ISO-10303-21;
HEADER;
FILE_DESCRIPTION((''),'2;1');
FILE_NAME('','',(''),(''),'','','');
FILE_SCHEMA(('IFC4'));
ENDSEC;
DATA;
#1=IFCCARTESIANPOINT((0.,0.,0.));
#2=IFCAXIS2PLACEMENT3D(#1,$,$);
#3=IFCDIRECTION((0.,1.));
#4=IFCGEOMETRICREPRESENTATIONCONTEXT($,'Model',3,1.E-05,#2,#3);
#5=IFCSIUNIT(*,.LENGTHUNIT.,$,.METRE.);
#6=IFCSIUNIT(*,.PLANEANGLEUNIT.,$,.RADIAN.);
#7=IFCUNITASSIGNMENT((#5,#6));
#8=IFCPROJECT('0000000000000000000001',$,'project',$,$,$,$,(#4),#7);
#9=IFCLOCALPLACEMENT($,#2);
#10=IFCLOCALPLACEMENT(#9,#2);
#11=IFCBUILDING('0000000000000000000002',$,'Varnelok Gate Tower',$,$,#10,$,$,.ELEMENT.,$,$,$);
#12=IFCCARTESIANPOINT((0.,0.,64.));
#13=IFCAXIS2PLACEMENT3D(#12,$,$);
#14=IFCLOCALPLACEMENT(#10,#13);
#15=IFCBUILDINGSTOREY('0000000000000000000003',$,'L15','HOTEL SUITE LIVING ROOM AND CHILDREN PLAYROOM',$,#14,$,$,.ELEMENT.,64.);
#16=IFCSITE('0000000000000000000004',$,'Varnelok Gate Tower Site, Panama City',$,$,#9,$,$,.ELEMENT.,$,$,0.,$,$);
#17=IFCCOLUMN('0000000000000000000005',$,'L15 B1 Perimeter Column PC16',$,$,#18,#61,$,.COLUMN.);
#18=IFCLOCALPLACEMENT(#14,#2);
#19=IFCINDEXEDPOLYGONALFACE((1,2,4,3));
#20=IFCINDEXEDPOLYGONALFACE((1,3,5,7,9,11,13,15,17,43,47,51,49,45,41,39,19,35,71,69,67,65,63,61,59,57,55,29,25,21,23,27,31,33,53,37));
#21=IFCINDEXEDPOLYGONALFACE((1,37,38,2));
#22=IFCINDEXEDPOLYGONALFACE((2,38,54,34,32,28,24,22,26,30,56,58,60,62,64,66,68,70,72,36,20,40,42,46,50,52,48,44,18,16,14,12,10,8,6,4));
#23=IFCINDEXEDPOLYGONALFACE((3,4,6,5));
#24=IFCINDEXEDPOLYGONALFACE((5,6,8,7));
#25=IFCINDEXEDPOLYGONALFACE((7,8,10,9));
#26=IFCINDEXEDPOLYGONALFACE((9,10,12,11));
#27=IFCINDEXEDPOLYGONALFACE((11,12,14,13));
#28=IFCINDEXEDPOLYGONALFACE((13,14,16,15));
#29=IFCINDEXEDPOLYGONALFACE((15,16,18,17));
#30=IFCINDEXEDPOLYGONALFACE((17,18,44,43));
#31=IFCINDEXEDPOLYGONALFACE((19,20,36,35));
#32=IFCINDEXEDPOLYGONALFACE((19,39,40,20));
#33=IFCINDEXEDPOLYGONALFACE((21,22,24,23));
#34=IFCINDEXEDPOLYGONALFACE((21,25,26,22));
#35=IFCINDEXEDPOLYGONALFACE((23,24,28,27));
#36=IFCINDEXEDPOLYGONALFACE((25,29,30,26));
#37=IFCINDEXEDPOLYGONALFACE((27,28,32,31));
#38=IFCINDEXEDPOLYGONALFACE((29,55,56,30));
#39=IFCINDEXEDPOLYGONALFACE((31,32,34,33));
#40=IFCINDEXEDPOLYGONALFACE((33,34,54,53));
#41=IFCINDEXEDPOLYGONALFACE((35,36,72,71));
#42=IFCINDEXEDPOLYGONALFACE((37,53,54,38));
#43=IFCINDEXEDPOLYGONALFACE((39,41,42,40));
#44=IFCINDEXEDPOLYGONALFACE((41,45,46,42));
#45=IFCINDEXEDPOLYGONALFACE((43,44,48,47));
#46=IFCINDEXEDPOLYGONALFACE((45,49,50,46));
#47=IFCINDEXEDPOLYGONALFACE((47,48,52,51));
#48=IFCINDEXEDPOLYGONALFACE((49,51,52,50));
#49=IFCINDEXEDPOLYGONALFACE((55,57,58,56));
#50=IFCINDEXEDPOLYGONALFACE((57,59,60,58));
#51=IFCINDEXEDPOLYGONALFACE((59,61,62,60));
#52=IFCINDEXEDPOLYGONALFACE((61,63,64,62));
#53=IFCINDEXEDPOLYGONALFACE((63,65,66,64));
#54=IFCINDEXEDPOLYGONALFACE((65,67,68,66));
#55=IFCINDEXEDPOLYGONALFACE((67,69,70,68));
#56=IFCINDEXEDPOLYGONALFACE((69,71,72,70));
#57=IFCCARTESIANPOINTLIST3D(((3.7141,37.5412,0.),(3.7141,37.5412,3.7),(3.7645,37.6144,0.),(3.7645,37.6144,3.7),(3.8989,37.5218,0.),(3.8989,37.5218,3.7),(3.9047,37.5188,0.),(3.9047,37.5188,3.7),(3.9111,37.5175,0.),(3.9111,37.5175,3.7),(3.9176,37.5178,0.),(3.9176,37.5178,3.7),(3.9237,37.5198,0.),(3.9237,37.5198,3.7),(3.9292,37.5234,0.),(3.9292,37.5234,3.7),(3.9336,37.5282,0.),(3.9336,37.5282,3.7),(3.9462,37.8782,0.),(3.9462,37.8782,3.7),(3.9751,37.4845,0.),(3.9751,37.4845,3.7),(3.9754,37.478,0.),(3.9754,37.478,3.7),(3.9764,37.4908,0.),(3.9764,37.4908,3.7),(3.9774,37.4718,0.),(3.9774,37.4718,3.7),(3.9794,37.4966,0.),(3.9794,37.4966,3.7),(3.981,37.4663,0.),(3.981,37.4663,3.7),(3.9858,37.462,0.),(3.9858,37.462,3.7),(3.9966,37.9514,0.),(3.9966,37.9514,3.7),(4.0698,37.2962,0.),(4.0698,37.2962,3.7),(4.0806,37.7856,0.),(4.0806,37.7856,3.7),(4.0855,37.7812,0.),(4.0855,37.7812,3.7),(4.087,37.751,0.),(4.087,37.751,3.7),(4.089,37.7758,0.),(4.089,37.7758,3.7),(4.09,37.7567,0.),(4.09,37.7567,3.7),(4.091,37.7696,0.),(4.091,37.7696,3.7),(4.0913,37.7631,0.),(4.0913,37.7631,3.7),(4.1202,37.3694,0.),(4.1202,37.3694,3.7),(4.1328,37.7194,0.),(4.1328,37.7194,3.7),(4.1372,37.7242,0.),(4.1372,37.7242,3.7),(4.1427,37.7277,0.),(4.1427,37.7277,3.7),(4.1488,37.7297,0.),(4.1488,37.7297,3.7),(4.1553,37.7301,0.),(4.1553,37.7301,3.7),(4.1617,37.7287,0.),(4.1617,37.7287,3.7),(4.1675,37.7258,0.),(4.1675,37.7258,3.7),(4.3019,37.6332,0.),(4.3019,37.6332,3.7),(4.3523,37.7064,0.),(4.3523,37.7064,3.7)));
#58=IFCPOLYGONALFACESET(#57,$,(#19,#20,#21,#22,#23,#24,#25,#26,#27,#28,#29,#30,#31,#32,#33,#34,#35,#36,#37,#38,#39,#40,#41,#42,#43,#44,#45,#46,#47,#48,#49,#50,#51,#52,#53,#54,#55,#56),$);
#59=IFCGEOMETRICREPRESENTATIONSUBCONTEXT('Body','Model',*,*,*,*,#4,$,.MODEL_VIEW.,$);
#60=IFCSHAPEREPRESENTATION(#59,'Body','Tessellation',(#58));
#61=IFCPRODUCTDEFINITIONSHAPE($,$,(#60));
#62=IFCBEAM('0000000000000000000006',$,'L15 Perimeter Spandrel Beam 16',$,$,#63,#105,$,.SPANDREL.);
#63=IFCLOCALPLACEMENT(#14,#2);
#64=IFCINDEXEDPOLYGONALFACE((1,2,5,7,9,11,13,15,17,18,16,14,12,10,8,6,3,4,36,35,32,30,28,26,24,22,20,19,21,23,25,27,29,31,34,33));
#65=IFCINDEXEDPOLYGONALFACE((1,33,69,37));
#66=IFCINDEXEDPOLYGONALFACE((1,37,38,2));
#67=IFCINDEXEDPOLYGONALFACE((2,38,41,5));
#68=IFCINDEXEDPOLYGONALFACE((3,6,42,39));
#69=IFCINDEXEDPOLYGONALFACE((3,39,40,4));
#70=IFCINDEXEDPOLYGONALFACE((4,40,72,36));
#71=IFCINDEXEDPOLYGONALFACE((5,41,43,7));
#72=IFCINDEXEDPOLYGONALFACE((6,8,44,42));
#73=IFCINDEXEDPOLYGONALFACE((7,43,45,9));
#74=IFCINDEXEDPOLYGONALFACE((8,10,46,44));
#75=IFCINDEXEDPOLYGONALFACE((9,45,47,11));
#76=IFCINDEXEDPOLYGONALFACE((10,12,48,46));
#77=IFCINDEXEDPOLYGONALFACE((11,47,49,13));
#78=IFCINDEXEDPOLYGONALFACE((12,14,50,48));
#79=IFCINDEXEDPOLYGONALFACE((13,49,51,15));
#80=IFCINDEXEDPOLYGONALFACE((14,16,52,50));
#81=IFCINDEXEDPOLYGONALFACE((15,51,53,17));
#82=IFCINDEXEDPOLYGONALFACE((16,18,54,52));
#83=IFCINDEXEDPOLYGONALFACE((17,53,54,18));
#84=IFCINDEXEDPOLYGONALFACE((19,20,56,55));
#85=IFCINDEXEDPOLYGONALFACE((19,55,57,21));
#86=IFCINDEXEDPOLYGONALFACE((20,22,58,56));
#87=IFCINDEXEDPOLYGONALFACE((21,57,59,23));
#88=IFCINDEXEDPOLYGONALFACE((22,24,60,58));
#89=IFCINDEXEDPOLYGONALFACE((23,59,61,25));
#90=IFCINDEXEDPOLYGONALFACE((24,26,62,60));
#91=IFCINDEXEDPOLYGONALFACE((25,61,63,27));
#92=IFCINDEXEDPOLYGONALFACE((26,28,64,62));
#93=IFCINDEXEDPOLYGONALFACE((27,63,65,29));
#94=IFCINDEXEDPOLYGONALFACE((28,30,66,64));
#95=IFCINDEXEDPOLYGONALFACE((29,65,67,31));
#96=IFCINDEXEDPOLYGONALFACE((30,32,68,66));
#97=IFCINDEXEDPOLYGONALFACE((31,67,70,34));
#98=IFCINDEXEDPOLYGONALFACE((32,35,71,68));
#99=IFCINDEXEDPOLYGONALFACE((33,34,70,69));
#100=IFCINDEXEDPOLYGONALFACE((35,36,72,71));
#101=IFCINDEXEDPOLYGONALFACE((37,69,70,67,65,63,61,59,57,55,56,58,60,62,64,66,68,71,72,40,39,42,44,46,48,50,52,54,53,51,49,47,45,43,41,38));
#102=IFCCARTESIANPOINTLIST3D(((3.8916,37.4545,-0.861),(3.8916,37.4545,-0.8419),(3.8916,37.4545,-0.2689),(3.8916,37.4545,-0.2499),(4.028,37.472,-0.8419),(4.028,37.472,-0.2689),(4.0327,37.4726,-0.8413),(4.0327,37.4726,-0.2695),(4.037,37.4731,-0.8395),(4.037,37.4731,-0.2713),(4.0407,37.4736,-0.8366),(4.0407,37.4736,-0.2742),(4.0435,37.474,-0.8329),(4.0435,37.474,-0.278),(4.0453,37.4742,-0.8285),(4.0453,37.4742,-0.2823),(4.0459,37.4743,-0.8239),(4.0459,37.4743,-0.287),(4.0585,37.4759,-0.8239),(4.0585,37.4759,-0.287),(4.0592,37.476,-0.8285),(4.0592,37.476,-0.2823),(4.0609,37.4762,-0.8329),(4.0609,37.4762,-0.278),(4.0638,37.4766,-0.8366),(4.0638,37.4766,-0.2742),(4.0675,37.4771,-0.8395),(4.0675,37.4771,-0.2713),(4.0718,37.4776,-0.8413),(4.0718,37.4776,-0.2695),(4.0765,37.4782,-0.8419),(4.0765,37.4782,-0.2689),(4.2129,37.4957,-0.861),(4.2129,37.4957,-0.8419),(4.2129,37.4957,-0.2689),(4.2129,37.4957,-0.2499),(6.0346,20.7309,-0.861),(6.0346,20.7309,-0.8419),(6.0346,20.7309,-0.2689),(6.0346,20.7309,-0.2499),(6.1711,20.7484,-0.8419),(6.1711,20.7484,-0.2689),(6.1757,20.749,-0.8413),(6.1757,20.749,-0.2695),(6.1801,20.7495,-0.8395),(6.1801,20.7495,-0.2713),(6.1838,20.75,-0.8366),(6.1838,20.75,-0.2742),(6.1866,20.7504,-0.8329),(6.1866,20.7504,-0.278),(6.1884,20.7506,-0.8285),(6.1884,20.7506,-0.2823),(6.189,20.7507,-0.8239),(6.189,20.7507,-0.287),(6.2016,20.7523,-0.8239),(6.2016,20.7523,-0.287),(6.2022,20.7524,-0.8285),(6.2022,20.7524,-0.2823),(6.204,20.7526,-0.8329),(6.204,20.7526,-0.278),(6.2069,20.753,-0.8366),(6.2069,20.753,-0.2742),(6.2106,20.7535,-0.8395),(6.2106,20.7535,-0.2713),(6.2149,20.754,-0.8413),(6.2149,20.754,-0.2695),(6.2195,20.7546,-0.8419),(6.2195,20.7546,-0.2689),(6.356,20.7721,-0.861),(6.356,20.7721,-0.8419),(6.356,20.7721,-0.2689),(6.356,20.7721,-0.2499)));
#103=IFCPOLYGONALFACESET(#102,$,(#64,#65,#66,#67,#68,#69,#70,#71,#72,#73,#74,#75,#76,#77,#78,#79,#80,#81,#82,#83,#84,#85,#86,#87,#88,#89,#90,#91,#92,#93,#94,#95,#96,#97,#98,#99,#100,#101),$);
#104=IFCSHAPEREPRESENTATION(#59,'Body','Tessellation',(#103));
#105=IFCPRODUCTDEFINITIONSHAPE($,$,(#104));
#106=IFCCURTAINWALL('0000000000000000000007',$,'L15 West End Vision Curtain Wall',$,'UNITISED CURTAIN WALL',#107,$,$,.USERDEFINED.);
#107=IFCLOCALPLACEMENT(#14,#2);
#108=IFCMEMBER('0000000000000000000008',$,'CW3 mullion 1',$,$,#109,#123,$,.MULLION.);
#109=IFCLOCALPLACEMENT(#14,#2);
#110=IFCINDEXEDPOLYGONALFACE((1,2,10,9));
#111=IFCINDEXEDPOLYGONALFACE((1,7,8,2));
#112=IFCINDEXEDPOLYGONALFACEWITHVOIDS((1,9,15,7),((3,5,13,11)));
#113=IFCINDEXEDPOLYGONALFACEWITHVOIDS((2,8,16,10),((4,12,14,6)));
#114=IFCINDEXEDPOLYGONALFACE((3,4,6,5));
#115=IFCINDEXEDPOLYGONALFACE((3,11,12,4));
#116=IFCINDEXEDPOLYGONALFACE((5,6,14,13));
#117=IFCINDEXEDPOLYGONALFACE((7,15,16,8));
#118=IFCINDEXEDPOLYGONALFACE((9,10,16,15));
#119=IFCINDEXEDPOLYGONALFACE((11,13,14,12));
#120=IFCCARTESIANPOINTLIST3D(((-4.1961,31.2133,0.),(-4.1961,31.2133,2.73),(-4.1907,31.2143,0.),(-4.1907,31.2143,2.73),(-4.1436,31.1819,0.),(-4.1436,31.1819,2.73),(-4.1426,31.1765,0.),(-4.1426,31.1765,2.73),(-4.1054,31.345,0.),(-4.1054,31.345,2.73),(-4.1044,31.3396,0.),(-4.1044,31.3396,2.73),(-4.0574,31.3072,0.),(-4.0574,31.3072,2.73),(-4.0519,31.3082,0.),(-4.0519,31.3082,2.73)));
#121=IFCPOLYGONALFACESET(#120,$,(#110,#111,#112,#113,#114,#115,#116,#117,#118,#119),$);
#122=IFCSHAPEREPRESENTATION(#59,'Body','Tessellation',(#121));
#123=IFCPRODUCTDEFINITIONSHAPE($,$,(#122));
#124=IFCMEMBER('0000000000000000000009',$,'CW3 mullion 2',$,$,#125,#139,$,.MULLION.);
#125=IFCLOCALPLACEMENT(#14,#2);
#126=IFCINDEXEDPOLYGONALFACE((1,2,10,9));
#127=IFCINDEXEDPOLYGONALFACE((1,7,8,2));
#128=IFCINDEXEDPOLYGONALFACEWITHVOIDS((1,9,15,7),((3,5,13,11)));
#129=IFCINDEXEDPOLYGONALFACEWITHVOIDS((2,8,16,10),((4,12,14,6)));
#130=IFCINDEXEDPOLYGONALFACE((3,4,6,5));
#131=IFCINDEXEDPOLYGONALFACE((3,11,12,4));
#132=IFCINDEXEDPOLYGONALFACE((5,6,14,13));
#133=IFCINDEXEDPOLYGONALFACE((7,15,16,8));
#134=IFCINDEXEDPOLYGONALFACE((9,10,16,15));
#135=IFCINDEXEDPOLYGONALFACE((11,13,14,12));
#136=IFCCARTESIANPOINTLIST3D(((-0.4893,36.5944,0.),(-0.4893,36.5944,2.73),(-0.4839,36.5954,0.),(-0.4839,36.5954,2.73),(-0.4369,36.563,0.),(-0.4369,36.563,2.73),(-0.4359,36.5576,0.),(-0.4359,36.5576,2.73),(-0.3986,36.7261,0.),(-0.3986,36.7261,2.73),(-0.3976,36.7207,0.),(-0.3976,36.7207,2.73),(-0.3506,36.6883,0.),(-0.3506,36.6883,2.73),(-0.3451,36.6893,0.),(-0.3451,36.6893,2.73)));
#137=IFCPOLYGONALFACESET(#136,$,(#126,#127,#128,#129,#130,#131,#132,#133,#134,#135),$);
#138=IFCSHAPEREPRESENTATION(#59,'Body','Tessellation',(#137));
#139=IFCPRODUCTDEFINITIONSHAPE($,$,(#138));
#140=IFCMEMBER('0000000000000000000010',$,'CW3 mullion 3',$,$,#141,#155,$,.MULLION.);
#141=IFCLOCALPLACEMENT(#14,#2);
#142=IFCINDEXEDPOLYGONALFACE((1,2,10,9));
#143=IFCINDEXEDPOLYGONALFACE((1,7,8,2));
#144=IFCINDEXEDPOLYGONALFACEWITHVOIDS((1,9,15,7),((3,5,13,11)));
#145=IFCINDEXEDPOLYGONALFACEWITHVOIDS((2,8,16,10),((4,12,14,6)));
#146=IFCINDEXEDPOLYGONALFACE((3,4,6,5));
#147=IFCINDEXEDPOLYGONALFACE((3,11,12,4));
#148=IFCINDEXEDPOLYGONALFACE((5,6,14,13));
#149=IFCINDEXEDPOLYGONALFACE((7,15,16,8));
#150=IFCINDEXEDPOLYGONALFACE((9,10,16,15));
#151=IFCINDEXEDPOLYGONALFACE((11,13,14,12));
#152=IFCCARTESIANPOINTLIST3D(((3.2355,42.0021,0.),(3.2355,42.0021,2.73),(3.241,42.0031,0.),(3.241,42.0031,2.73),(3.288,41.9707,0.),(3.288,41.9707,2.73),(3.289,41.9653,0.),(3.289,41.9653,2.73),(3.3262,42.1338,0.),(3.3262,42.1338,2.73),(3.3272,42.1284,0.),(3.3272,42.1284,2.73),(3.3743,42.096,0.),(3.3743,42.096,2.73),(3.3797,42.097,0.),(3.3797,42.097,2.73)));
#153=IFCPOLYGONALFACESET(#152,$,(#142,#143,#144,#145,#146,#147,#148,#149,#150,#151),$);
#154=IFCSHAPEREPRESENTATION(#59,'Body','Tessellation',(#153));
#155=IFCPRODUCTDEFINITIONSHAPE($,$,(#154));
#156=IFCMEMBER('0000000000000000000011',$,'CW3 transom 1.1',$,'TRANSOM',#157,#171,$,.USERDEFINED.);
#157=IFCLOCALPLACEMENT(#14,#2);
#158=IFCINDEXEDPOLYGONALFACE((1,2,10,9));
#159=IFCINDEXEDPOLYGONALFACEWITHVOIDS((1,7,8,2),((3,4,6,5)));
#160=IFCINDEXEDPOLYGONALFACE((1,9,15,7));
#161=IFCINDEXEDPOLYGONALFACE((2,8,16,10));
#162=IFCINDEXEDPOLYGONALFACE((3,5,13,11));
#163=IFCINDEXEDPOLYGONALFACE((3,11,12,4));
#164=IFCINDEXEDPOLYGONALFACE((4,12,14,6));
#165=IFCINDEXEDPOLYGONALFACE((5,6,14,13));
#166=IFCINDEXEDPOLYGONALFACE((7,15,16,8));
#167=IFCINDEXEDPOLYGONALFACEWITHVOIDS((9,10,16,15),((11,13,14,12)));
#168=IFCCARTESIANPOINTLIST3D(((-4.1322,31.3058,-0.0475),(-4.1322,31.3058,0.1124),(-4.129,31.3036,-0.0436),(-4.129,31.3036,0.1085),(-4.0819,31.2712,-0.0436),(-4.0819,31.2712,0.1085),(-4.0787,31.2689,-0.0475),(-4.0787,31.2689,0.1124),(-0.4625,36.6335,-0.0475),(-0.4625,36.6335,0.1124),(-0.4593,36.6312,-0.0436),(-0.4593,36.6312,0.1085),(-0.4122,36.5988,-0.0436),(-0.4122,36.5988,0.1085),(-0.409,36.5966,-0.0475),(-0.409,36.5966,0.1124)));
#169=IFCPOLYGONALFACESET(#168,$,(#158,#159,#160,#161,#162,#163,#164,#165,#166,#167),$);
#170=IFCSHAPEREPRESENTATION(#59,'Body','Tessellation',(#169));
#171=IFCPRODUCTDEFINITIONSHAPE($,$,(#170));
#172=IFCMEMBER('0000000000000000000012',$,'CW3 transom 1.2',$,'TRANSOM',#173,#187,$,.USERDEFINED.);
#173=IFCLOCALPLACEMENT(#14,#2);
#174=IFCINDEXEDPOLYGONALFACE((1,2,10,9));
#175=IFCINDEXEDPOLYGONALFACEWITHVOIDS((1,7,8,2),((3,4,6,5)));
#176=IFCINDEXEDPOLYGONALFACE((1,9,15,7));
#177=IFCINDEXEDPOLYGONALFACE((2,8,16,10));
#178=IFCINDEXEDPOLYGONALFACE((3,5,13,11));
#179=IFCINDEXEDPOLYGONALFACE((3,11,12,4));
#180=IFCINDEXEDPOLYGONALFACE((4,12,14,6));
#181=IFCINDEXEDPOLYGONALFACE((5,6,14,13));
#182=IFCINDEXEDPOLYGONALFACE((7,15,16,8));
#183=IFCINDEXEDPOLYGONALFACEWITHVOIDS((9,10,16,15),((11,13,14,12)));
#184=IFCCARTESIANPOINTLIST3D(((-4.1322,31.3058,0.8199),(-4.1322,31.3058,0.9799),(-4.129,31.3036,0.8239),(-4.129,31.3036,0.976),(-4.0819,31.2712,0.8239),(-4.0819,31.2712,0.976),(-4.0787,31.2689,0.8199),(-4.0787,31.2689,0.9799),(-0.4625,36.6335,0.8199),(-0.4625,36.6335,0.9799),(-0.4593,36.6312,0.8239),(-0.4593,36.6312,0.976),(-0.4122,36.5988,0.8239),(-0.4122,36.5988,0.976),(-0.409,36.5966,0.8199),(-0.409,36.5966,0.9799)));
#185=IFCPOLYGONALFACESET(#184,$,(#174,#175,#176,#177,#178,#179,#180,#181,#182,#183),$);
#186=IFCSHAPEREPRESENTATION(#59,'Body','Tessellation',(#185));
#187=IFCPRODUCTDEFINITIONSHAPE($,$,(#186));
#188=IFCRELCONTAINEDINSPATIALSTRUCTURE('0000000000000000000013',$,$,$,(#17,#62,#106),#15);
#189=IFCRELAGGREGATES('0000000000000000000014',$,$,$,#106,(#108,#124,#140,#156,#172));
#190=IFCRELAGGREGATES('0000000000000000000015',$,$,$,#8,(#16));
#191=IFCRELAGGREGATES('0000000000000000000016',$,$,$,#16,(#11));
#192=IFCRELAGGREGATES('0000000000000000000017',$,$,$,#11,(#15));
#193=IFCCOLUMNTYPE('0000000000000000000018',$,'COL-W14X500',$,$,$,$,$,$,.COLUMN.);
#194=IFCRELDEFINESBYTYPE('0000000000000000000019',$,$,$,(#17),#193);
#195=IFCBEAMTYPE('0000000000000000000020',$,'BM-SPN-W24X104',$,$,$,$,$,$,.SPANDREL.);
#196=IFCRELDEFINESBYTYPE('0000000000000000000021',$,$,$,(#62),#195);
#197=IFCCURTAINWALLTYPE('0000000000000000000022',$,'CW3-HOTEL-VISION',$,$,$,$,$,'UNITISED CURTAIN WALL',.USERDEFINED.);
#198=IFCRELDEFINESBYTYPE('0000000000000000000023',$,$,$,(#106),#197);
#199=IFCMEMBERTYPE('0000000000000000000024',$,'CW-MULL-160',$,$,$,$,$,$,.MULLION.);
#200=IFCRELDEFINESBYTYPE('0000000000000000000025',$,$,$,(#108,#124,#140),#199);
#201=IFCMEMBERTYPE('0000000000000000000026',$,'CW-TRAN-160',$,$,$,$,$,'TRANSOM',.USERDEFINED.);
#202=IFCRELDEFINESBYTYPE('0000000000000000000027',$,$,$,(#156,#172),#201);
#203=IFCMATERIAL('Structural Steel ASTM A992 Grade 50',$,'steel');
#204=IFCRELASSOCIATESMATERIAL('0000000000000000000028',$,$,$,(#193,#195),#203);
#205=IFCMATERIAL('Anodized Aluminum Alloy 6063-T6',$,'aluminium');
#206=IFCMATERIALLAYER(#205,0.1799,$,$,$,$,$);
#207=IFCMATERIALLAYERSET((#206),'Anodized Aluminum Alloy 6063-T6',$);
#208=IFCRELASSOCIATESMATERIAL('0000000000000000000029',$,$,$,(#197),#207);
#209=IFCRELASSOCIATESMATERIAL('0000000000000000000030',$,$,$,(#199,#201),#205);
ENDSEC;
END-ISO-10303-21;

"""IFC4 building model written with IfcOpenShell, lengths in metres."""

from ifc_helpers import new_model, si_unit, direction, frame, origin, origin_2d, place, context, subcontext, project, spatial, hollow_rectangle, i_section, extrude, material, layer, layer_set, material_profile, profile_set, type_object, element, aggregate, save


model = new_model("IFC4")

# Units and contexts
model_context = context("Model", 3, precision=1e-05, world=origin(), true_north=direction((0.0, 1.0)))
body_context = subcontext(model_context, "Body", "Model", "MODEL_VIEW")
ifc_project = project(units=[si_unit("LENGTHUNIT", "METRE"), si_unit("PLANEANGLEUNIT", "RADIAN")], contexts=[model_context])

# Site, building, storey
site_placement = place(None, origin())
site = spatial("IfcSite", under=ifc_project, at=site_placement, Name="Varnelok Gate Tower Site, Panama City", CompositionType="ELEMENT", RefElevation=0.0)
building_placement = place(site_placement, origin())
building = spatial("IfcBuilding", under=site, at=building_placement, Name="Varnelok Gate Tower", CompositionType="ELEMENT")
storey_placement = place(building_placement, frame((0.0, 0.0, 64.0)))
storey = spatial("IfcBuildingStorey", under=building, at=storey_placement, Name="L15", Description="HOTEL SUITE LIVING ROOM AND CHILDREN PLAYROOM", CompositionType="ELEMENT", Elevation=64.0)

# Column
ifc_material_1 = material(Name="Structural Steel ASTM A992 Grade 50", Category="steel")
ifc_material_profile_1 = material_profile(ifc_material_1, i_section(OverallWidth=0.4319, OverallDepth=0.498, WebThickness=0.0557, FlangeThickness=0.0889, FilletRadius=0.0249, at=origin_2d()), Name="W14X500")
ifc_profile_set_1 = profile_set([ifc_material_profile_1], Name="Structural Steel ASTM A992 Grade 50")
column_type = type_object("IfcColumnType", Name="COL-W14X500", PredefinedType="COLUMN", material=ifc_profile_set_1)
column_placement = place(storey_placement, frame((4.0332, 37.6238, 0.0), z_axis=(0.0, 0.0, 1.0), x_axis=(0.823533, -0.567269, 0.0)))
element("IfcColumn", 1, at=column_placement, inside=storey, type_object=column_type, Name="L15 B1 Perimeter Column PC16", PredefinedType="COLUMN", context=body_context, shape_type="SweptSolid", body=[
    extrude(i_section(OverallWidth=0.4319, OverallDepth=0.498, WebThickness=0.0557, FlangeThickness=0.0889, FilletRadius=0.0249, at=origin_2d()), origin(), (0.0, 0.0, 1.0), 3.7),
])

# Beam
ifc_material_profile_2 = material_profile(ifc_material_1, i_section(OverallWidth=0.324, OverallDepth=0.6111, WebThickness=0.0127, FlangeThickness=0.019, FilletRadius=0.0181, at=origin_2d()), Name="W24X104")
ifc_profile_set_2 = profile_set([ifc_material_profile_2], Name="Structural Steel ASTM A992 Grade 50")
beam_type = type_object("IfcBeamType", Name="BM-SPN-W24X104", PredefinedType="SPANDREL", material=ifc_profile_set_2)
beam_placement = place(storey_placement, frame((4.0522, 37.4751, -0.5554), z_axis=(0.127107, -0.991889, 0.0), x_axis=(0.991889, 0.127107, 0.0)))
element("IfcBeam", 2, at=beam_placement, inside=storey, type_object=beam_type, Name="L15 Perimeter Spandrel Beam 16", PredefinedType="SPANDREL", context=body_context, shape_type="SweptSolid", body=[
    extrude(i_section(OverallWidth=0.324, OverallDepth=0.6111, WebThickness=0.0127, FlangeThickness=0.019, FilletRadius=0.0181, at=origin_2d()), origin(), (0.0, 0.0, 1.0), 16.8604),
])

# Curtain wall, members
ifc_material_2 = material(Name="Anodized Aluminum Alloy 6063-T6", Category="aluminium")
ifc_layer_1 = layer(ifc_material_2, 0.1799)
ifc_layer_set_1 = layer_set([ifc_layer_1], Name="Anodized Aluminum Alloy 6063-T6")
curtain_wall_type = type_object("IfcCurtainWallType", Name="CW3-HOTEL-VISION", ElementType="UNITISED CURTAIN WALL", PredefinedType="USERDEFINED", material=ifc_layer_set_1)
curtain_wall_placement = place(storey_placement, origin())
curtain_wall = element("IfcCurtainWall", 3, at=curtain_wall_placement, inside=storey, type_object=curtain_wall_type, Name="L15 West End Vision Curtain Wall", ObjectType="UNITISED CURTAIN WALL", PredefinedType="USERDEFINED")
ifc_material_profile_3 = material_profile(ifc_material_2, hollow_rectangle(XDim=0.0649, YDim=0.1599, WallThickness=0.0039, at=origin_2d()), Name="ALU160X65X4")
ifc_profile_set_3 = profile_set([ifc_material_profile_3], Name="Anodized Aluminum Alloy 6063-T6")
member_type_1 = type_object("IfcMemberType", Name="CW-MULL-160", PredefinedType="MULLION", material=ifc_profile_set_3)
member_1_placement = place(storey_placement, frame((-4.124, 31.2607, 0.0), z_axis=(0.0, 0.0, 1.0), x_axis=(-0.823533, 0.567269, 0.0)))
member_1 = element("IfcMember", 4, at=member_1_placement, type_object=member_type_1, Name="CW3 mullion 1", PredefinedType="MULLION", context=body_context, shape_type="SweptSolid", body=[
    extrude(hollow_rectangle(XDim=0.0649, YDim=0.1599, WallThickness=0.0039, at=origin_2d()), origin(), (0.0, 0.0, 1.0), 2.73),
])
member_2_placement = place(storey_placement, frame((-0.4172, 36.6418, 0.0), z_axis=(0.0, 0.0, 1.0), x_axis=(-0.823533, 0.567269, 0.0)))
member_2 = element("IfcMember", 5, at=member_2_placement, type_object=member_type_1, Name="CW3 mullion 2", PredefinedType="MULLION", context=body_context, shape_type="SweptSolid", body=[
    extrude(hollow_rectangle(XDim=0.0649, YDim=0.1599, WallThickness=0.0039, at=origin_2d()), origin(), (0.0, 0.0, 1.0), 2.73),
])
member_3_placement = place(storey_placement, frame((3.3076, 42.0496, 0.0), z_axis=(0.0, 0.0, 1.0), x_axis=(-0.823533, 0.567269, 0.0)))
member_3 = element("IfcMember", 6, at=member_3_placement, type_object=member_type_1, Name="CW3 mullion 3", PredefinedType="MULLION", context=body_context, shape_type="SweptSolid", body=[
    extrude(hollow_rectangle(XDim=0.0649, YDim=0.1599, WallThickness=0.0039, at=origin_2d()), origin(), (0.0, 0.0, 1.0), 2.73),
])
ifc_material_profile_4 = material_profile(ifc_material_2, hollow_rectangle(XDim=0.0649, YDim=0.1599, WallThickness=0.0039, at=origin_2d()), Name="ALU160X65X4")
ifc_profile_set_4 = profile_set([ifc_material_profile_4], Name="Anodized Aluminum Alloy 6063-T6")
member_type_2 = type_object("IfcMemberType", Name="CW-TRAN-160", ElementType="TRANSOM", PredefinedType="USERDEFINED", material=ifc_profile_set_4)
member_4_placement = place(storey_placement, frame((-4.1055, 31.2874, 0.0325), z_axis=(0.567256, 0.823542, 0.0), x_axis=(-0.823542, 0.567256, 0.0)))
member_4 = element("IfcMember", 7, at=member_4_placement, type_object=member_type_2, Name="CW3 transom 1.1", ObjectType="TRANSOM", PredefinedType="USERDEFINED", context=body_context, shape_type="SweptSolid", body=[
    extrude(hollow_rectangle(XDim=0.0649, YDim=0.1599, WallThickness=0.0039, at=origin_2d()), origin(), (0.0, 0.0, 1.0), 6.4692),
])
member_5_placement = place(storey_placement, frame((-4.1055, 31.2874, 0.8999), z_axis=(0.567256, 0.823542, 0.0), x_axis=(-0.823542, 0.567256, 0.0)))
member_5 = element("IfcMember", 8, at=member_5_placement, type_object=member_type_2, Name="CW3 transom 1.2", ObjectType="TRANSOM", PredefinedType="USERDEFINED", context=body_context, shape_type="SweptSolid", body=[
    extrude(hollow_rectangle(XDim=0.0649, YDim=0.1599, WallThickness=0.0039, at=origin_2d()), origin(), (0.0, 0.0, 1.0), 6.4692),
])
aggregate(curtain_wall, [member_1, member_2, member_3, member_4, member_5])

save(model, "model.ifc")
